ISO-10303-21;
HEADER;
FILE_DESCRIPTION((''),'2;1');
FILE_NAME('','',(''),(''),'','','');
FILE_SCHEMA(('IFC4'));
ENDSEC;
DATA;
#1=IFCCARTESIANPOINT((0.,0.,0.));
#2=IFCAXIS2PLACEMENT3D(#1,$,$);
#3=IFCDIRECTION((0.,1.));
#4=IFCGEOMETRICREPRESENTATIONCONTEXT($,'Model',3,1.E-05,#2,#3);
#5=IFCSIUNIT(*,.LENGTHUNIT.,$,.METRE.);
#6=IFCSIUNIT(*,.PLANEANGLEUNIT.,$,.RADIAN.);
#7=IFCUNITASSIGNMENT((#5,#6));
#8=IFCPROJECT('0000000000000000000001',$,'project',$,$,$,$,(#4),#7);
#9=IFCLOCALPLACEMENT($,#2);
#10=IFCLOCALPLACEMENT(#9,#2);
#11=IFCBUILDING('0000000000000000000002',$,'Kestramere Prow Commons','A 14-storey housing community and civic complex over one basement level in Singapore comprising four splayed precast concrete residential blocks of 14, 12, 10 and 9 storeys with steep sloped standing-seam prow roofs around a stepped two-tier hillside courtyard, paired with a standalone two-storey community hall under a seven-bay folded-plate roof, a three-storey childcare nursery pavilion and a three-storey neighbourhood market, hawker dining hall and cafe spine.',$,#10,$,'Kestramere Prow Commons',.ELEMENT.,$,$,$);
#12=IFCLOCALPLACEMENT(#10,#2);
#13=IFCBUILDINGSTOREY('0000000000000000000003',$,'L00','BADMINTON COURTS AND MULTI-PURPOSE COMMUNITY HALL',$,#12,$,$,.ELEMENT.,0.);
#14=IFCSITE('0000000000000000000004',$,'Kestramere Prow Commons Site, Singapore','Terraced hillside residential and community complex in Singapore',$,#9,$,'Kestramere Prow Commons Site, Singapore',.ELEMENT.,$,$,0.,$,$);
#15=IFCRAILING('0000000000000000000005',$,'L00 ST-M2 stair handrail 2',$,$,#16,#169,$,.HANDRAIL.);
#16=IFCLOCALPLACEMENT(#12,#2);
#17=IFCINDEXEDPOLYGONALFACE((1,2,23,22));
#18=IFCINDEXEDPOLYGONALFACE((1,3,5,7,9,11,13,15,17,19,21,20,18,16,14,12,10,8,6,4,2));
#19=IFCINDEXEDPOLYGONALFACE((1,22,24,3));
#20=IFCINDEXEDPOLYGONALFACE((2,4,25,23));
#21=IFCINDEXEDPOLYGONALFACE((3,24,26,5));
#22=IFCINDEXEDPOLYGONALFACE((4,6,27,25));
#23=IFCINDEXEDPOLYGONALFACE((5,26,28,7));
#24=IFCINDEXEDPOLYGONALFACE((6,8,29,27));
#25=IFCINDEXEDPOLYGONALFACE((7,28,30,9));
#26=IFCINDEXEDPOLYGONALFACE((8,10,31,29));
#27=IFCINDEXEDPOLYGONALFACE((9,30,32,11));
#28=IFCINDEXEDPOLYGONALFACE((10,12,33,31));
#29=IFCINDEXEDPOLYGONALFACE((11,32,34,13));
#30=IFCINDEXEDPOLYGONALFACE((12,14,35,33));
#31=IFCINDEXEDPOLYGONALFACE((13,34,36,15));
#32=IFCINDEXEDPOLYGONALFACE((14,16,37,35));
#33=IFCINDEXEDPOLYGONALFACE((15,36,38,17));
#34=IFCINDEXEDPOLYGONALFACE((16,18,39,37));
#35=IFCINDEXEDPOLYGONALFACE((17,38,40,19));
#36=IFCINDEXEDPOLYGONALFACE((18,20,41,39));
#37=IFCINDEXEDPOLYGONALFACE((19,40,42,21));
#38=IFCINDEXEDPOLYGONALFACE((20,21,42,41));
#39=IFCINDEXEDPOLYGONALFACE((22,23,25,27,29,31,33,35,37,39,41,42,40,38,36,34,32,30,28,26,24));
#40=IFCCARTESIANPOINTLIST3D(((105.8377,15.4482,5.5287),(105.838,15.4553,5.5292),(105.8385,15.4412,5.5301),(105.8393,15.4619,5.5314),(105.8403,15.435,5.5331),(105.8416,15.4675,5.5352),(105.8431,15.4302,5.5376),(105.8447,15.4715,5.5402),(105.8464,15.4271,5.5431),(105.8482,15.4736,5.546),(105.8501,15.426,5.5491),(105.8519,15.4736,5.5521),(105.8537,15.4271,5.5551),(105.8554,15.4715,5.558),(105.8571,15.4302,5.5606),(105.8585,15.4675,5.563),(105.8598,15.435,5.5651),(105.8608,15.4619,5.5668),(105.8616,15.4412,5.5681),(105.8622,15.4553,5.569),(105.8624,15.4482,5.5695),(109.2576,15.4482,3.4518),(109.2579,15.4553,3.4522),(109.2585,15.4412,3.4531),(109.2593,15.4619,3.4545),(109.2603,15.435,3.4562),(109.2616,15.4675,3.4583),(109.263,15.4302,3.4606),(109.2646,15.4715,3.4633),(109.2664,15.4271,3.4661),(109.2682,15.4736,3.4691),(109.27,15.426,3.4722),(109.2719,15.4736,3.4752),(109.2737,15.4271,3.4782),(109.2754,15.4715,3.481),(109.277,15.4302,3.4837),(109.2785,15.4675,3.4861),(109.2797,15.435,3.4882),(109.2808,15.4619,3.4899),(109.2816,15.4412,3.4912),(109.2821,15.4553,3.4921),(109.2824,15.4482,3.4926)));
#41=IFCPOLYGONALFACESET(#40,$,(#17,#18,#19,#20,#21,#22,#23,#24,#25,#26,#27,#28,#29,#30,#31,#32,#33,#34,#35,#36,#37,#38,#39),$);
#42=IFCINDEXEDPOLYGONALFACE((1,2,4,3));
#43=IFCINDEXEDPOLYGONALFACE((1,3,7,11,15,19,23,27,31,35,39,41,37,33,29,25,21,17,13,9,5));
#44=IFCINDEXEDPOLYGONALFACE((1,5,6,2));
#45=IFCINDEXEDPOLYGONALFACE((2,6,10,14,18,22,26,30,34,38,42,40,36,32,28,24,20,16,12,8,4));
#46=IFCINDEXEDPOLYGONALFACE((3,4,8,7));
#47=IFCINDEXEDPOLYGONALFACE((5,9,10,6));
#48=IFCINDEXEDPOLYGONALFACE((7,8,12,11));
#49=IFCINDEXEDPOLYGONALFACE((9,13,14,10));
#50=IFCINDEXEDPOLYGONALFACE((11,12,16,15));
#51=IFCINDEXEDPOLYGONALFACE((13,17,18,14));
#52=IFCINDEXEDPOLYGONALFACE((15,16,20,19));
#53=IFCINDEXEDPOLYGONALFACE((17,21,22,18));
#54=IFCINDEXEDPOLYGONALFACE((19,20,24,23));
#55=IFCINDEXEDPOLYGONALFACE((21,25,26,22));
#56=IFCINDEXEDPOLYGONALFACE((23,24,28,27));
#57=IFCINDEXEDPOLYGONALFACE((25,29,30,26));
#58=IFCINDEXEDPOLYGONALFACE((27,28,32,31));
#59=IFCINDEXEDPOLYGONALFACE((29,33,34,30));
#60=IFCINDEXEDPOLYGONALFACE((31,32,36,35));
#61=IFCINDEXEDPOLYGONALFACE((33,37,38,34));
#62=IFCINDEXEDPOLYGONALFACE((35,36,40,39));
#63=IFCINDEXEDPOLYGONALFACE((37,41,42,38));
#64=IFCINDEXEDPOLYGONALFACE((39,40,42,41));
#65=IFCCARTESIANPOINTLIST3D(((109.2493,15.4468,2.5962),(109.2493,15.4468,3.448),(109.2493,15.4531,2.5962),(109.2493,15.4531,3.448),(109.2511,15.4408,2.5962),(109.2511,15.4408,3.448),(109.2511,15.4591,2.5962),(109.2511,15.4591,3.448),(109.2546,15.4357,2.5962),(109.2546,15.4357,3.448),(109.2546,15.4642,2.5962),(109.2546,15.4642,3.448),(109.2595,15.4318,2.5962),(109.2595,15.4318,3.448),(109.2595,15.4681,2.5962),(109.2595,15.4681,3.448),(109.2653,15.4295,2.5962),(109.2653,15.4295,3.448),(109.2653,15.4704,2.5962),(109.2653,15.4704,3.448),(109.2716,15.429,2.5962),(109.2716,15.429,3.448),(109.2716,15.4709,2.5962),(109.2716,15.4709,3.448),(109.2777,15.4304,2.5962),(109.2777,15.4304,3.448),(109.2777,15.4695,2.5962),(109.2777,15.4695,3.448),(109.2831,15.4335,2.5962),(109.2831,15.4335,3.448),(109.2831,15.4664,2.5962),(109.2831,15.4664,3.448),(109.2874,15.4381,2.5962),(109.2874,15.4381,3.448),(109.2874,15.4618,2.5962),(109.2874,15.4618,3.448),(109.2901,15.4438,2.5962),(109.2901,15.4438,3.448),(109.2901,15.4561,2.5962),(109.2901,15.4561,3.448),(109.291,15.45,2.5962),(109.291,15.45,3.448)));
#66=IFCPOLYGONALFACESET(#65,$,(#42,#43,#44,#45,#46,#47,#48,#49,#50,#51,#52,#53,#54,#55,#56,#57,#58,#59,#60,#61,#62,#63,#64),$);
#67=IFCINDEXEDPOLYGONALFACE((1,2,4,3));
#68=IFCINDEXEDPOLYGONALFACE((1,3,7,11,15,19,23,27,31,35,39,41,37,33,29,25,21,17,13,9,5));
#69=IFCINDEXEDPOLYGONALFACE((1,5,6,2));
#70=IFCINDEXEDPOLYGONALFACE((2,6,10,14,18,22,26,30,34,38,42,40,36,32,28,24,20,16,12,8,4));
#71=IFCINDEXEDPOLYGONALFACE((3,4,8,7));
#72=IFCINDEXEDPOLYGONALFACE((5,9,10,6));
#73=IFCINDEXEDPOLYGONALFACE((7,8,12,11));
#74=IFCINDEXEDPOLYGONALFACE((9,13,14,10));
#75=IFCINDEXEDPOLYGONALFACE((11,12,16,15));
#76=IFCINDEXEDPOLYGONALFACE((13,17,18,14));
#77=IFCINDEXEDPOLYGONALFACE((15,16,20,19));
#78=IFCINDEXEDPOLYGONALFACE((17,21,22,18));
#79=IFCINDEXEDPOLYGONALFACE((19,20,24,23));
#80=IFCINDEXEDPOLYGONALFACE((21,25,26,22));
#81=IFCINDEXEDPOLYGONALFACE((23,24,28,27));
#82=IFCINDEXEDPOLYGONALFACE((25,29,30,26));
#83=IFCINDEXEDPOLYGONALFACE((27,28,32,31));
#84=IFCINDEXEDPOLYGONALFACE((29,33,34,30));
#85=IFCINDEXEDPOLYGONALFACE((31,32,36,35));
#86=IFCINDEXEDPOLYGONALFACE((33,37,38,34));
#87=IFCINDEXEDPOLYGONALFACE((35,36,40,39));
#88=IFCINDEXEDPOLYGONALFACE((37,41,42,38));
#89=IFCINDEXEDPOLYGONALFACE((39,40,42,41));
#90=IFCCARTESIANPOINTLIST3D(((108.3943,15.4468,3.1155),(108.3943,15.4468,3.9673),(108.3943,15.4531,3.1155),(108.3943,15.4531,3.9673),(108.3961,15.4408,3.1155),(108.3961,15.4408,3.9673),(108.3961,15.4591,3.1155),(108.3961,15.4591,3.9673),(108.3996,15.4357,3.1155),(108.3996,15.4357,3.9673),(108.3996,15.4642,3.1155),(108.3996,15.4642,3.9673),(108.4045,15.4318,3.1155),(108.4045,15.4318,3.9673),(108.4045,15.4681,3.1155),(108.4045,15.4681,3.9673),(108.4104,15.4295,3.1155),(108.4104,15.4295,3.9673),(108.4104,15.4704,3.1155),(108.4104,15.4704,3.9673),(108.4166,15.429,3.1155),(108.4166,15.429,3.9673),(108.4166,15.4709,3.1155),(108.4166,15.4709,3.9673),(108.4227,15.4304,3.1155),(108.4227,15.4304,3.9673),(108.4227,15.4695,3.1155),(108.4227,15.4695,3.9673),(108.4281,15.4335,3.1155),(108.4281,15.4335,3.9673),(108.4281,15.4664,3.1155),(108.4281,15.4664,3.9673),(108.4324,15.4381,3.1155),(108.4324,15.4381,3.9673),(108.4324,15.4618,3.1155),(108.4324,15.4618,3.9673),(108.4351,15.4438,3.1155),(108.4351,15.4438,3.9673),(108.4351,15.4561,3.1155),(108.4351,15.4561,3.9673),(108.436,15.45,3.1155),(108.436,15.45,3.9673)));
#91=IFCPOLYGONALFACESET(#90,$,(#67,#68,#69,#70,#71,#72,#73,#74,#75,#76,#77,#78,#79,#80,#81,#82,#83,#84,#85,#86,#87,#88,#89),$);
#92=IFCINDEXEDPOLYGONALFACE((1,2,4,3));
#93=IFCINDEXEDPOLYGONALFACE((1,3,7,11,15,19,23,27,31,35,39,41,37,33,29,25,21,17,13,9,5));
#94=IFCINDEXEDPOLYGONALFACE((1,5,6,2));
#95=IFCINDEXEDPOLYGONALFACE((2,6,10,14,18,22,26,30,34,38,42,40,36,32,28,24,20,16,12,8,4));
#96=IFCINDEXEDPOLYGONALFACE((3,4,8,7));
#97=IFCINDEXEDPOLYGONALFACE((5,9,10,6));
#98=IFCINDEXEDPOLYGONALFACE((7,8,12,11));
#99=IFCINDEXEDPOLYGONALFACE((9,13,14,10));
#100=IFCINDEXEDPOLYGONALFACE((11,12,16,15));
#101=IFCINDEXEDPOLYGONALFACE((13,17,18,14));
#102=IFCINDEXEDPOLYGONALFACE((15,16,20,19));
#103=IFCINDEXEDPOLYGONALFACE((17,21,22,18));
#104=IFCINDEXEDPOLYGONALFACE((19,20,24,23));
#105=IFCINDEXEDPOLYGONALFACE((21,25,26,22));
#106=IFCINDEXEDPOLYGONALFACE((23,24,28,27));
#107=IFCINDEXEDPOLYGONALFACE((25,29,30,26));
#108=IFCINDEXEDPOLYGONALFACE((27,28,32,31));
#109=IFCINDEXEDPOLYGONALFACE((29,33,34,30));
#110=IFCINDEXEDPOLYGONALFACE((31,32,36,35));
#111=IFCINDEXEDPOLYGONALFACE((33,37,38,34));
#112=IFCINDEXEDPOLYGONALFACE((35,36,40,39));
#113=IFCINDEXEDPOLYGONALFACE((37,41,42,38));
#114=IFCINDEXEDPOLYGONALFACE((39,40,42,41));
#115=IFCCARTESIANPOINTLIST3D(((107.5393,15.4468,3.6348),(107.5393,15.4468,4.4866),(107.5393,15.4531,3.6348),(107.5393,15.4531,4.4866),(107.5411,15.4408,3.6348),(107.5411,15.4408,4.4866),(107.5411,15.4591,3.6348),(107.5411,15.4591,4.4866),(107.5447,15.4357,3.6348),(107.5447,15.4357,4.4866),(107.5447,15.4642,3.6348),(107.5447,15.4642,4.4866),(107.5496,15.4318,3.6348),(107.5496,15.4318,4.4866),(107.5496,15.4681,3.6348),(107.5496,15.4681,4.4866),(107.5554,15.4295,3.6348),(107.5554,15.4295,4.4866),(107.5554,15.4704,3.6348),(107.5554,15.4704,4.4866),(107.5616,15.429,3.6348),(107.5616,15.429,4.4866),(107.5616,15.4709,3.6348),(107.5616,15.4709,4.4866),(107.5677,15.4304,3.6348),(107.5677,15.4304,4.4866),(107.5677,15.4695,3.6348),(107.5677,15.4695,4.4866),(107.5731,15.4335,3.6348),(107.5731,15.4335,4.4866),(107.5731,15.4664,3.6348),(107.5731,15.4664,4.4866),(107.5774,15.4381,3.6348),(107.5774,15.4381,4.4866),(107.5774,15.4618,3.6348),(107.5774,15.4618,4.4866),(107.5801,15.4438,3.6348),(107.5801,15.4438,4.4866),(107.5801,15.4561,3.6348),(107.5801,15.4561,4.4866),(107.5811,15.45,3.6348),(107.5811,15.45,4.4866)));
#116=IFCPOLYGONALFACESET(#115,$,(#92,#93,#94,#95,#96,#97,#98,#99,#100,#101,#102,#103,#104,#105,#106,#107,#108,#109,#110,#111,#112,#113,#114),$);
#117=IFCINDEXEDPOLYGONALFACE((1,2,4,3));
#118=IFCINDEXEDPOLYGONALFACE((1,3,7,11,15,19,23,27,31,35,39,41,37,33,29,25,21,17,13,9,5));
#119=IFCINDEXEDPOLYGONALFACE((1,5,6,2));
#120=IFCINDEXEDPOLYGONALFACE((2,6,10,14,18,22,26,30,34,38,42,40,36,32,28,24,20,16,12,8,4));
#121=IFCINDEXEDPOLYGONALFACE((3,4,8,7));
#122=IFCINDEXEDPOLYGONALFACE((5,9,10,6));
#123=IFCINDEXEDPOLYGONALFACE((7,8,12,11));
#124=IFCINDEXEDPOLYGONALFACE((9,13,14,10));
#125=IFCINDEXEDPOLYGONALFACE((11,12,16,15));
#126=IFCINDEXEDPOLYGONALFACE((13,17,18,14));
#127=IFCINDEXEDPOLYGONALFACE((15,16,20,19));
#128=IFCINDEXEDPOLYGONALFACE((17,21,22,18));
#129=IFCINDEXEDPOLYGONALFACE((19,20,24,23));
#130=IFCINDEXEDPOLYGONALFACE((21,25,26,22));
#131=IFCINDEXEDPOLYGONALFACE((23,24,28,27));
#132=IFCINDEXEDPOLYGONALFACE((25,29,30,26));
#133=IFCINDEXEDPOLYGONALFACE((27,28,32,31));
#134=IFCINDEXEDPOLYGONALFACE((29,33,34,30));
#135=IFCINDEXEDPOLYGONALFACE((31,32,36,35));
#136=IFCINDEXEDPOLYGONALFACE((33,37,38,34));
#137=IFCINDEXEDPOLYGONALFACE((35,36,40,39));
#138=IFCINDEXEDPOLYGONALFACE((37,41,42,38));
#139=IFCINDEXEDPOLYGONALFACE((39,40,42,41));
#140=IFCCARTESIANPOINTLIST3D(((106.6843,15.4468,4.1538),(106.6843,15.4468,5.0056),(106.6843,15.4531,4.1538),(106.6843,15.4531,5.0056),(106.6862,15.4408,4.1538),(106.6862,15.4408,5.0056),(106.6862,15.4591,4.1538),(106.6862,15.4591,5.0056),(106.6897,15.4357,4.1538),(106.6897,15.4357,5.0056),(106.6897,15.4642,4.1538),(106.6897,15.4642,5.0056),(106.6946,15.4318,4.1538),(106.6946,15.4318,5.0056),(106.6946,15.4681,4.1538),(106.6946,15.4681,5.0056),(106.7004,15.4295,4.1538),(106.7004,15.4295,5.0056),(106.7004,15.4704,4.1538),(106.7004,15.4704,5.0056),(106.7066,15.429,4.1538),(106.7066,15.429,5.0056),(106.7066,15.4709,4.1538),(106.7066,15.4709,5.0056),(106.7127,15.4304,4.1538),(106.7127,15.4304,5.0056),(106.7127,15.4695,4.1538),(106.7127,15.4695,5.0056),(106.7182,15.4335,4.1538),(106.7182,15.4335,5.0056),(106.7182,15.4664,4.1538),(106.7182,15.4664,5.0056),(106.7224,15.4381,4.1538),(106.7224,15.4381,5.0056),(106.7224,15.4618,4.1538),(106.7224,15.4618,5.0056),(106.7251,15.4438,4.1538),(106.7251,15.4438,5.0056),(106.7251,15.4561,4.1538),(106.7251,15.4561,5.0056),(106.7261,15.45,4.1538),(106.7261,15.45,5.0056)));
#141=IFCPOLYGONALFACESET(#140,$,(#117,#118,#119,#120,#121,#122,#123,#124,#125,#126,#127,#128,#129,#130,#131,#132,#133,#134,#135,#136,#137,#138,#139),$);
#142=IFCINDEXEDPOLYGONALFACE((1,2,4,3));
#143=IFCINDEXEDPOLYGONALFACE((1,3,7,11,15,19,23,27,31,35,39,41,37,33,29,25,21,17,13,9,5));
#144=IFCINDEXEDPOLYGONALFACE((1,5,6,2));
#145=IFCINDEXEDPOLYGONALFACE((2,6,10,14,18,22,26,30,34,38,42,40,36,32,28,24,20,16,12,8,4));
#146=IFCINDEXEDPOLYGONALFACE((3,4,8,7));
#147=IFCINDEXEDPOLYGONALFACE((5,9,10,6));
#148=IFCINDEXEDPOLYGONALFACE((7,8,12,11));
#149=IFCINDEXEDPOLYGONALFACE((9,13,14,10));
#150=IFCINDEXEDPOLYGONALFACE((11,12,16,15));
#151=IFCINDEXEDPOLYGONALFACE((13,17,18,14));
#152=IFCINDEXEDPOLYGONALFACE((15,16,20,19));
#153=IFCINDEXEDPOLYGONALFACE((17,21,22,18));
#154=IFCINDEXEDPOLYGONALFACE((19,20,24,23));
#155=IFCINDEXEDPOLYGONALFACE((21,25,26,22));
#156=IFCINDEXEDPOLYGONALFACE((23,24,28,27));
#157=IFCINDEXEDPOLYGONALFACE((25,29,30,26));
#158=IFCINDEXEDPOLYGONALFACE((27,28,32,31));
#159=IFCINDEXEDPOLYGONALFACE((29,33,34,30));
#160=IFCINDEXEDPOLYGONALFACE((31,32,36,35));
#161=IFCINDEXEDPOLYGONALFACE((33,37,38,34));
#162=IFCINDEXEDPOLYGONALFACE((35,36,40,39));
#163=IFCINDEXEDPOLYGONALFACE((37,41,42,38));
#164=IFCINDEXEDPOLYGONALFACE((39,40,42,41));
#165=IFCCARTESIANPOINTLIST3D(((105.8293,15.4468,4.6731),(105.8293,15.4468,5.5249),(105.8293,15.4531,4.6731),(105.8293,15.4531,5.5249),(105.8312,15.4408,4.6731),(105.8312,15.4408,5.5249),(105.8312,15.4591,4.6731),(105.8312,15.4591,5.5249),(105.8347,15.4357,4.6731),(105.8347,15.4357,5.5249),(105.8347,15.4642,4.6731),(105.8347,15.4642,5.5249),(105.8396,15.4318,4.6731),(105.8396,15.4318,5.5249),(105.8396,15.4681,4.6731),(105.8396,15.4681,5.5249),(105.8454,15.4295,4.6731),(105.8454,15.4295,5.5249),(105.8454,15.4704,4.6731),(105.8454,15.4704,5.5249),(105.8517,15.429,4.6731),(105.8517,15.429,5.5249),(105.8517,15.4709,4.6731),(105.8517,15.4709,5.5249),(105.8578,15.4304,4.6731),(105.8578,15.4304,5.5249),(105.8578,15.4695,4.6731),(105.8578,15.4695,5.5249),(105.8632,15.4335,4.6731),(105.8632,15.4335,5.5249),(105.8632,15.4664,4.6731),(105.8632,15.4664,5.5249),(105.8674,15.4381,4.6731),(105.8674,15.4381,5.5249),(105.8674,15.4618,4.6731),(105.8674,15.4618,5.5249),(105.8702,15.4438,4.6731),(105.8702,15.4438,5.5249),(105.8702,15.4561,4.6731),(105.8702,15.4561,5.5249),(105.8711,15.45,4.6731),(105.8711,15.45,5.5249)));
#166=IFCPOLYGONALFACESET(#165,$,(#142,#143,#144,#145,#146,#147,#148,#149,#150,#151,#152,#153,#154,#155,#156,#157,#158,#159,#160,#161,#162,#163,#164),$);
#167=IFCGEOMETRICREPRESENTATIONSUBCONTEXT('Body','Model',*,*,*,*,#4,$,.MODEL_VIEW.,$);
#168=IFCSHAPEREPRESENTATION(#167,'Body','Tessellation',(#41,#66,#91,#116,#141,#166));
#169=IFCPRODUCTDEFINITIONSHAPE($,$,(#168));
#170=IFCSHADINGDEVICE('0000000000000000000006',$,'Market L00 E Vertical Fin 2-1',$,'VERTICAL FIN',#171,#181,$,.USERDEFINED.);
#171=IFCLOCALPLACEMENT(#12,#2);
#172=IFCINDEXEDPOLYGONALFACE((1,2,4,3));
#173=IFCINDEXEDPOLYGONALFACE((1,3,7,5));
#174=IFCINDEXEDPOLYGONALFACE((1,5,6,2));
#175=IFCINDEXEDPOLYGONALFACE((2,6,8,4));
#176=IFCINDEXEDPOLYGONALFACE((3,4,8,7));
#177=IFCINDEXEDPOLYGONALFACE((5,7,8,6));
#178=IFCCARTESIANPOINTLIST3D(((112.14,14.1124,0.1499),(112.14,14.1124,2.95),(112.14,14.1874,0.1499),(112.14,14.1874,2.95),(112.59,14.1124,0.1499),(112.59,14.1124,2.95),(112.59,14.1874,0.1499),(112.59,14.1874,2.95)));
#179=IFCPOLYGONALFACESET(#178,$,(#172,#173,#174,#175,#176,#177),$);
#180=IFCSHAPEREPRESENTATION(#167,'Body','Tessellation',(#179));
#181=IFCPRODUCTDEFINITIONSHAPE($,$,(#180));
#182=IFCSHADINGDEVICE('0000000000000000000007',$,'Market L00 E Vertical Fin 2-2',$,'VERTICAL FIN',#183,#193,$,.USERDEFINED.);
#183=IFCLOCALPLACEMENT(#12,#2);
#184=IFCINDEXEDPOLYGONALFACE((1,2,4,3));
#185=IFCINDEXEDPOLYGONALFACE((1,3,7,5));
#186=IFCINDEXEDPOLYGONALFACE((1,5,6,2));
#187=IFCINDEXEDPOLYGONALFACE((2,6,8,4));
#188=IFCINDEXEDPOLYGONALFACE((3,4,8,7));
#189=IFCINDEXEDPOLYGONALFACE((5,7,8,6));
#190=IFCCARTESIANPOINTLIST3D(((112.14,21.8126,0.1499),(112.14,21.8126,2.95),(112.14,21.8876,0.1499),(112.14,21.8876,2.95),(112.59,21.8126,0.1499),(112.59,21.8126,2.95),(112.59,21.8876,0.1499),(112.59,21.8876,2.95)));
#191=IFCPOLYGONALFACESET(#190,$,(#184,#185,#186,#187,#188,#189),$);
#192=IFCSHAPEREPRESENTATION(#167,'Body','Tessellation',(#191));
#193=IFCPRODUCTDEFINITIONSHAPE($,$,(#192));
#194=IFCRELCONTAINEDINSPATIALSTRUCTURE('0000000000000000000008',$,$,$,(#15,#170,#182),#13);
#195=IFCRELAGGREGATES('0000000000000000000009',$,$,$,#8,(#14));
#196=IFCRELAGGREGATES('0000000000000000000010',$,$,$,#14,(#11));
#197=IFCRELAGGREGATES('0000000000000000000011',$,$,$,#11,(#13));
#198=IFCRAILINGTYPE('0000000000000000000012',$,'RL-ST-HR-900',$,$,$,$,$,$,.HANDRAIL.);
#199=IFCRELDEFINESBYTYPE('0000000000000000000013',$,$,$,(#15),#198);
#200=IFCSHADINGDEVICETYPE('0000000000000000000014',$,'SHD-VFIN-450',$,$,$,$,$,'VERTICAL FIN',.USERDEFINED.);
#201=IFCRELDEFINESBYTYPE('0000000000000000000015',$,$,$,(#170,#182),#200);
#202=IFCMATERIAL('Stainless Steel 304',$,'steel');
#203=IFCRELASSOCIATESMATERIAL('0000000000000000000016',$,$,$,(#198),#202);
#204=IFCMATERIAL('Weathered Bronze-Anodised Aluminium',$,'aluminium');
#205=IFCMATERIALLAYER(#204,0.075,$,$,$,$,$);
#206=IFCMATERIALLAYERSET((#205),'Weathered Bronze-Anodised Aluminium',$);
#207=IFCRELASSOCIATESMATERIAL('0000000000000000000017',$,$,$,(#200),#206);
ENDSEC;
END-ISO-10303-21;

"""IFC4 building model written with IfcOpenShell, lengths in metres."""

from ifc_helpers import new_model, si_unit, direction, frame, origin, origin_2d, place, context, subcontext, project, spatial, rectangle, circle, extrude, material, layer, layer_set, type_object, element, save


model = new_model("IFC4")

# Units and contexts
model_context = context("Model", 3, precision=1e-05, world=origin(), true_north=direction((0.0, 1.0)))
body_context = subcontext(model_context, "Body", "Model", "MODEL_VIEW")
ifc_project = project(units=[si_unit("LENGTHUNIT", "METRE"), si_unit("PLANEANGLEUNIT", "RADIAN")], contexts=[model_context])

# Site, building, storey
site_placement = place(None, origin())
site = spatial("IfcSite", under=ifc_project, at=site_placement, Name="Kestramere Prow Commons Site, Singapore", Description="Terraced hillside residential and community complex in Singapore", LongName="Kestramere Prow Commons Site, Singapore", CompositionType="ELEMENT", RefElevation=0.0)
building_placement = place(site_placement, origin())
building = spatial("IfcBuilding", under=site, at=building_placement, Name="Kestramere Prow Commons", Description="A 14-storey housing community and civic complex over one basement level in Singapore comprising four splayed precast concrete residential blocks of 14, 12, 10 and 9 storeys with steep sloped standing-seam prow roofs around a stepped two-tier hillside courtyard, paired with a standalone two-storey community hall under a seven-bay folded-plate roof, a three-storey childcare nursery pavilion and a three-storey neighbourhood market, hawker dining hall and cafe spine.", LongName="Kestramere Prow Commons", CompositionType="ELEMENT")
storey_placement = place(building_placement, origin())
storey = spatial("IfcBuildingStorey", under=building, at=storey_placement, Name="L00", Description="BADMINTON COURTS AND MULTI-PURPOSE COMMUNITY HALL", CompositionType="ELEMENT", Elevation=0.0)

# Railing
ifc_material_1 = material(Name="Stainless Steel 304", Category="steel")
railing_type_1 = type_object("IfcRailingType", Name="RL-ST-HR-900", PredefinedType="HANDRAIL", material=ifc_material_1)
railing_1_placement = place(storey_placement, frame((109.27, 15.45, 2.5962)))
element("IfcRailing", 1, at=railing_1_placement, inside=storey, type_object=railing_type_1, Name="L00 ST-M2 stair handrail 2", PredefinedType="HANDRAIL", context=body_context, shape_type="SweptSolid", body=[
    extrude(circle(Radius=0.0239, at=origin_2d()), frame((0.0, 0.0, 0.876), z_axis=(-0.85473, 0.0, 0.519074), x_axis=(0.0, -1.0, 0.0)), (0.0, 0.0, 1.0), 4.0012),
    extrude(circle(Radius=0.021, at=origin_2d()), origin(), (0.0, 0.0, 1.0), 0.8518),
    extrude(circle(Radius=0.021, at=origin_2d()), frame((-0.855, 0.0, 0.5193)), (0.0, 0.0, 1.0), 0.8518),
    extrude(circle(Radius=0.021, at=origin_2d()), frame((-1.71, 0.0, 1.0386)), (0.0, 0.0, 1.0), 0.8518),
    extrude(circle(Radius=0.021, at=origin_2d()), frame((-2.5649, 0.0, 1.5576)), (0.0, 0.0, 1.0), 0.8518),
    extrude(circle(Radius=0.021, at=origin_2d()), frame((-3.4199, 0.0, 2.0769)), (0.0, 0.0, 1.0), 0.8518),
])

# Shading devices
ifc_material_2 = material(Name="Weathered Bronze-Anodised Aluminium", Category="aluminium")
ifc_layer_1 = layer(ifc_material_2, 0.075)
ifc_layer_set_1 = layer_set([ifc_layer_1], Name="Weathered Bronze-Anodised Aluminium")
shading_device_type = type_object("IfcShadingDeviceType", Name="SHD-VFIN-450", ElementType="VERTICAL FIN", PredefinedType="USERDEFINED", material=ifc_layer_set_1)
for number, where, z_axis, x_axis, name in (
    (2, (112.365, 14.1499, 0.1499), (0.0, 0.0, 1.0), (1.0, 0.0, 0.0), "Market L00 E Vertical Fin 2-1"),
    (3, (112.365, 21.8501, 0.1499), (0.0, 0.0, 1.0), (1.0, 0.0, 0.0), "Market L00 E Vertical Fin 2-2"),
):
    element("IfcShadingDevice", number, at=place(storey_placement, frame(where, z_axis=z_axis, x_axis=x_axis)), inside=storey, type_object=shading_device_type, Name=name, ObjectType="VERTICAL FIN", PredefinedType="USERDEFINED", context=body_context, shape_type="SweptSolid", body=[
        extrude(rectangle(XDim=0.45, YDim=0.075, at=origin_2d()), origin(), (0.0, 0.0, 1.0), 2.8),
    ])

save(model, "model.ifc")
